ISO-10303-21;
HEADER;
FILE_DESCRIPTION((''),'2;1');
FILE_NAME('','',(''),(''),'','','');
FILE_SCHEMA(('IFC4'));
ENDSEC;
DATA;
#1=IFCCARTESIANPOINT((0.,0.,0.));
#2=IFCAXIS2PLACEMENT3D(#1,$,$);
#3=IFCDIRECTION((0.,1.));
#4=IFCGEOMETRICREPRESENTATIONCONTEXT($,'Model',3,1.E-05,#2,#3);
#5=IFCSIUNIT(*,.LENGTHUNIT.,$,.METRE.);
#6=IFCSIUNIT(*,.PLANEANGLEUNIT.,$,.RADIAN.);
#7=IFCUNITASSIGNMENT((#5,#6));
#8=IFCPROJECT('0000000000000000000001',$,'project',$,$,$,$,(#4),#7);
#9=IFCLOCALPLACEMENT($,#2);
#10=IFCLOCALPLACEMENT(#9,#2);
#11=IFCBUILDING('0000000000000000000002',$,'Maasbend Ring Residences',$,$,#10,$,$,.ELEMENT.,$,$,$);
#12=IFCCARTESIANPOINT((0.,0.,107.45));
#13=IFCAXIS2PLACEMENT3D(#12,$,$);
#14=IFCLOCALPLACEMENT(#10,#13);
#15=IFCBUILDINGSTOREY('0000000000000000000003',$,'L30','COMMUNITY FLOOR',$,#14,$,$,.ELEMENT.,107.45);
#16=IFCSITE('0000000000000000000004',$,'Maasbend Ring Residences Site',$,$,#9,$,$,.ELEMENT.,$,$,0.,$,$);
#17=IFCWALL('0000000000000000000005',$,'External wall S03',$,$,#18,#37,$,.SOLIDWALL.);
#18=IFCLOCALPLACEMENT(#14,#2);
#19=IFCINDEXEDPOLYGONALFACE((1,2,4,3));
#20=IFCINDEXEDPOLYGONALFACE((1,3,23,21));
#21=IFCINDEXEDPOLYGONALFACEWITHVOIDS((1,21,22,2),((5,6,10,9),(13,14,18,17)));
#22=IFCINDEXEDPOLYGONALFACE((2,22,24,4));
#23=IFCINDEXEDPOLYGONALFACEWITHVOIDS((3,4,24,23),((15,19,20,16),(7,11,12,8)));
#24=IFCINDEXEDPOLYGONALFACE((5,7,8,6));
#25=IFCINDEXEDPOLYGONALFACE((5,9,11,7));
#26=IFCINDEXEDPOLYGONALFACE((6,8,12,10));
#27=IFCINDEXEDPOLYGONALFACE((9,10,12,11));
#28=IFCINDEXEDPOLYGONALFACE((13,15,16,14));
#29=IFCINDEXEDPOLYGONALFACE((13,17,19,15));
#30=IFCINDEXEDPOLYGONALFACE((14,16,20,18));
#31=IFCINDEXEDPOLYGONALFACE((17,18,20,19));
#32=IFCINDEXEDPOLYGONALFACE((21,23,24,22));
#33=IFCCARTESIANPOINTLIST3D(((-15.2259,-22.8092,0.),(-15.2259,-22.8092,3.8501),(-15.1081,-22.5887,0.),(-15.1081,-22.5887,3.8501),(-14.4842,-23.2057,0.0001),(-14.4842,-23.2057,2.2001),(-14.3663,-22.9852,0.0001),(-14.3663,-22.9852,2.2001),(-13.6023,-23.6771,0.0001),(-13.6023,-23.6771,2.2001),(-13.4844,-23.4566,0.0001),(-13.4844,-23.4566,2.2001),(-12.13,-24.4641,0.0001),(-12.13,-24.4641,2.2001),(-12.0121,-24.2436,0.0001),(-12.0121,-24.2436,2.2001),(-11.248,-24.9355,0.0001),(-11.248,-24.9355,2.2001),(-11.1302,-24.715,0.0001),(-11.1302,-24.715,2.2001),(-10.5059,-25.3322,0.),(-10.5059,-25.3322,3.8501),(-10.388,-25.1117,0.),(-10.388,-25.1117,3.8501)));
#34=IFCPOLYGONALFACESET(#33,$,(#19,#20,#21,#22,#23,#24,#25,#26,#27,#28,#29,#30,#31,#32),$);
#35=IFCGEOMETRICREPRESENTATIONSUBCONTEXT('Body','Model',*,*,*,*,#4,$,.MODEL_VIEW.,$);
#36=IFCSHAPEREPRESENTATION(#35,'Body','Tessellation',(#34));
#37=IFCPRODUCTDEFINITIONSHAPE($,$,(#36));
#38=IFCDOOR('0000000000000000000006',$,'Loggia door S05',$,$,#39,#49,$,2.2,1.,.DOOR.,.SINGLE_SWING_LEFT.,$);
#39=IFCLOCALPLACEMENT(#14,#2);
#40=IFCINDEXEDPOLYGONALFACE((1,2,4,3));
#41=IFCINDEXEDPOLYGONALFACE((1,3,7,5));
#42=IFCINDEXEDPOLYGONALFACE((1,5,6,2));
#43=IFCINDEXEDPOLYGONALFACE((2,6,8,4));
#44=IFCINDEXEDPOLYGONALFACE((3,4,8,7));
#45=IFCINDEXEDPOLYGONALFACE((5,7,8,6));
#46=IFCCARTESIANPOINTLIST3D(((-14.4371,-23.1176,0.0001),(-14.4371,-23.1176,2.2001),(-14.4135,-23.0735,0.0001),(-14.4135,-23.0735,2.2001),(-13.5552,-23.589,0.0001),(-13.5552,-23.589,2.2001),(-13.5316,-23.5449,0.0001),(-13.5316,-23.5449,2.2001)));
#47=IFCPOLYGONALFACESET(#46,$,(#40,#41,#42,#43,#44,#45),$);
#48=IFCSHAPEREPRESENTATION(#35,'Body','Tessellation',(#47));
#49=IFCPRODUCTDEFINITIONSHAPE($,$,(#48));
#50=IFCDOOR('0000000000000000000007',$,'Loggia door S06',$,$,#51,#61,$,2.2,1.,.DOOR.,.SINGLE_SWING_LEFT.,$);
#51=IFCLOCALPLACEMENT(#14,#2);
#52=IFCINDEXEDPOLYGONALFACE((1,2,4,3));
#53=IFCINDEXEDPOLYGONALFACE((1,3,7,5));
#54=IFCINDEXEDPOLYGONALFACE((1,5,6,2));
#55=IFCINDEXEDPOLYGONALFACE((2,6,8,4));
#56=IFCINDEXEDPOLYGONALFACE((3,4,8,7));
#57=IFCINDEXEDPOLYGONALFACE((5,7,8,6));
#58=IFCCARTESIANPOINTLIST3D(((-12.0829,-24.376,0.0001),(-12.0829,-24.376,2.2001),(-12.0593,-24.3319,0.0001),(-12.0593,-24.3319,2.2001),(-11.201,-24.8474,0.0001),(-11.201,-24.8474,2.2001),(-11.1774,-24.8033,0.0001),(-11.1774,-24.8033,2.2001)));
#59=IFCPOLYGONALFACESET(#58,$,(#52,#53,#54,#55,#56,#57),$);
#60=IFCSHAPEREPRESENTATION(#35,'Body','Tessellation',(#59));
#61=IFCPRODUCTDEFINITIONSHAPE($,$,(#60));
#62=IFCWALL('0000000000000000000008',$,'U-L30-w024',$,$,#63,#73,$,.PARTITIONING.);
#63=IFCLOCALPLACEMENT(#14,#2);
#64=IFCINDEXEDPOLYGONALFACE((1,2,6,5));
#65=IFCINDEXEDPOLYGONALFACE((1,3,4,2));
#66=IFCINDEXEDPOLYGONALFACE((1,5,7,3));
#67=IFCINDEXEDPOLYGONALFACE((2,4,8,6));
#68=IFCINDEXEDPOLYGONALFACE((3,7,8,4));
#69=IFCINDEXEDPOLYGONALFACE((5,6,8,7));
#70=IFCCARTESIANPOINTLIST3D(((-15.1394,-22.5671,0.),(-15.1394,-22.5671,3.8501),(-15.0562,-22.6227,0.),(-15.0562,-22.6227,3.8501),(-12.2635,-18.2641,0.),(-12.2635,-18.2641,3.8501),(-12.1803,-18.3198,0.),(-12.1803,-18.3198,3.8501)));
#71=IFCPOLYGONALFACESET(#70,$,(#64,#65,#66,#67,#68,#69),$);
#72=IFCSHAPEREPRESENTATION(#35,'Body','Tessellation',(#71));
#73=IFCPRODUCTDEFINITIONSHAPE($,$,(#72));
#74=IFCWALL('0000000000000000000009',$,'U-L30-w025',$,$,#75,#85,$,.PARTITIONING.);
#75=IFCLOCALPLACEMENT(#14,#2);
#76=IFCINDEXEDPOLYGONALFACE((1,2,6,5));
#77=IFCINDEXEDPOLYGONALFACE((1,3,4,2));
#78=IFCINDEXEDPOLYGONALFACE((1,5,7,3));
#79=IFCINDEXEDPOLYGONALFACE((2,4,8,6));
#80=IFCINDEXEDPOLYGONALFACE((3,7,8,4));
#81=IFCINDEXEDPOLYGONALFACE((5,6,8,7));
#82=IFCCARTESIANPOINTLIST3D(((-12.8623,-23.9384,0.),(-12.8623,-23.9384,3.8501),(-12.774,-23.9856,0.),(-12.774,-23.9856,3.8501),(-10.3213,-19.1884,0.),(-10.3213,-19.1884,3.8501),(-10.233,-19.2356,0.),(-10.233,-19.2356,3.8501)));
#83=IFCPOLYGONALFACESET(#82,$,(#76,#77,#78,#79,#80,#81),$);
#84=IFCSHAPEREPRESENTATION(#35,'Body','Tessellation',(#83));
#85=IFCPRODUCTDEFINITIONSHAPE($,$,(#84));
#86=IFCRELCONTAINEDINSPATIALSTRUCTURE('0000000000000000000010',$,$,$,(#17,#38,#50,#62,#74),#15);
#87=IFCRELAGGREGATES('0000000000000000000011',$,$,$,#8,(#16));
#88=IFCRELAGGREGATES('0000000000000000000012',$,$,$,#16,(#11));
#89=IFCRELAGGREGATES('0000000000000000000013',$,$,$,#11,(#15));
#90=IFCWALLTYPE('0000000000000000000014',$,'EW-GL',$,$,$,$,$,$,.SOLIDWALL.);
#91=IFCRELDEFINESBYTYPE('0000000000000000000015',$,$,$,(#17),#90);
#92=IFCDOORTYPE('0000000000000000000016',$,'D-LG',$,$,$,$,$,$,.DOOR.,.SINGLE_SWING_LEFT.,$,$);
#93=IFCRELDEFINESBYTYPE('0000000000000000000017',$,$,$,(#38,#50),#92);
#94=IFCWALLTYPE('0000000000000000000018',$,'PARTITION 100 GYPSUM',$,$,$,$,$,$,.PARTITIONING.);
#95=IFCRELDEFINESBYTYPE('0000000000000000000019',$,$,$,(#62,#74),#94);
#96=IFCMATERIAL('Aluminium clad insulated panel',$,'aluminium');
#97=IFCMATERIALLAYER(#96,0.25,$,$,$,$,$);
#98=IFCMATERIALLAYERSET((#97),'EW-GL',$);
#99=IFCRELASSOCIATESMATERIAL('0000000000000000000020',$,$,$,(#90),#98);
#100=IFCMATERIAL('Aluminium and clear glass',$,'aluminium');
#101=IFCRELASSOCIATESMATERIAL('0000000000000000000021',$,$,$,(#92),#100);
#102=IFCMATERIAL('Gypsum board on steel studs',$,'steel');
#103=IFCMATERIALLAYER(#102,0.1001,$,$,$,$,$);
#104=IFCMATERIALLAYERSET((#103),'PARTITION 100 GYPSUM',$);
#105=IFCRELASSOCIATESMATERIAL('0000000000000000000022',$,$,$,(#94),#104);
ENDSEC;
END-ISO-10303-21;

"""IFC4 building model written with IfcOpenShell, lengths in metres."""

from ifc_helpers import new_model, si_unit, direction, frame, frame_2d, origin, place, context, subcontext, project, spatial, rectangle, extrude, material, layer, layer_set, type_object, element, fill, save


model = new_model("IFC4")

# Units and contexts
model_context = context("Model", 3, precision=1e-05, world=origin(), true_north=direction((0.0, 1.0)))
body_context = subcontext(model_context, "Body", "Model", "MODEL_VIEW")
ifc_project = project(units=[si_unit("LENGTHUNIT", "METRE"), si_unit("PLANEANGLEUNIT", "RADIAN")], contexts=[model_context])

# Site, building, storey
site_placement = place(None, origin())
site = spatial("IfcSite", under=ifc_project, at=site_placement, Name="Maasbend Ring Residences Site", CompositionType="ELEMENT", RefElevation=0.0)
building_placement = place(site_placement, origin())
building = spatial("IfcBuilding", under=site, at=building_placement, Name="Maasbend Ring Residences", CompositionType="ELEMENT")
storey_placement = place(building_placement, frame((0.0, 0.0, 107.45)))
storey = spatial("IfcBuildingStorey", under=building, at=storey_placement, Name="L30", Description="COMMUNITY FLOOR", CompositionType="ELEMENT", Elevation=107.45)

# Wall, openings, doors
ifc_material_1 = material(Name="Aluminium clad insulated panel", Category="aluminium")
ifc_layer_1 = layer(ifc_material_1, 0.25)
ifc_layer_set_1 = layer_set([ifc_layer_1], Name="EW-GL")
wall_type_1 = type_object("IfcWallType", Name="EW-GL", PredefinedType="SOLIDWALL", material=ifc_layer_set_1)
wall_1_placement = place(storey_placement, frame((-15.167, -22.699, 0.0), z_axis=(0.0, 0.0, 1.0), x_axis=(0.881916, -0.471407, 0.0)))
wall_1 = element("IfcWall", 1, at=wall_1_placement, inside=storey, type_object=wall_type_1, Name="External wall S03", PredefinedType="SOLIDWALL", context=body_context, shape_type="SweptSolid", body=[
    extrude(rectangle(XDim=5.3521, YDim=0.25, at=frame_2d((2.676, 0.0))), origin(), (0.0, 0.0, 1.0), 3.8501),
])
opening_1_placement = place(wall_1_placement, frame((0.8411, 0.0, 0.0)))
opening_1 = element("IfcOpeningElement", 2, at=opening_1_placement, cuts=wall_1, PredefinedType="OPENING", context=body_context, shape_type="SweptSolid", body=[
    extrude(rectangle(XDim=1.0, YDim=2.2, at=frame_2d((0.5, 1.1001))), frame((0.0, 0.135, 0.0), z_axis=(0.0, -1.0, 0.0), x_axis=(1.0, 0.0, 0.0)), (0.0, 0.0, 1.0), 0.27),
])
opening_2_placement = place(wall_1_placement, frame((3.5105, 0.0, 0.0)))
opening_2 = element("IfcOpeningElement", 3, at=opening_2_placement, cuts=wall_1, PredefinedType="OPENING", context=body_context, shape_type="SweptSolid", body=[
    extrude(rectangle(XDim=1.0, YDim=2.2, at=frame_2d((0.5, 1.1001))), frame((0.0, 0.135, 0.0), z_axis=(0.0, -1.0, 0.0), x_axis=(1.0, 0.0, 0.0)), (0.0, 0.0, 1.0), 0.27),
])
ifc_material_2 = material(Name="Aluminium and clear glass", Category="aluminium")
door_type_1 = type_object("IfcDoorType", Name="D-LG", OperationType="SINGLE_SWING_LEFT", PredefinedType="DOOR", material=ifc_material_2)
door_1_placement = place(opening_1_placement, origin())
door_1 = element("IfcDoor", 4, at=door_1_placement, inside=storey, type_object=door_type_1, Name="Loggia door S05", OperationType="SINGLE_SWING_LEFT", OverallHeight=2.2, OverallWidth=1.0, PredefinedType="DOOR", context=body_context, shape_type="SweptSolid", body=[
    extrude(rectangle(XDim=1.0, YDim=2.2, at=frame_2d((0.5, 1.1001))), frame((0.0, 0.0249, 0.0), z_axis=(0.0, -1.0, 0.0), x_axis=(1.0, 0.0, 0.0)), (0.0, 0.0, 1.0), 0.05),
])
fill(opening_1, door_1)
door_2_placement = place(opening_2_placement, origin())
door_2 = element("IfcDoor", 5, at=door_2_placement, inside=storey, type_object=door_type_1, Name="Loggia door S06", OperationType="SINGLE_SWING_LEFT", OverallHeight=2.2, OverallWidth=1.0, PredefinedType="DOOR", context=body_context, shape_type="SweptSolid", body=[
    extrude(rectangle(XDim=1.0, YDim=2.2, at=frame_2d((0.5, 1.1001))), frame((0.0, 0.0249, 0.0), z_axis=(0.0, -1.0, 0.0), x_axis=(1.0, 0.0, 0.0)), (0.0, 0.0, 1.0), 0.05),
])
fill(opening_2, door_2)

# Walls
ifc_material_3 = material(Name="Gypsum board on steel studs", Category="steel")
ifc_layer_2 = layer(ifc_material_3, 0.1001)
ifc_layer_set_2 = layer_set([ifc_layer_2], Name="PARTITION 100 GYPSUM")
wall_type_2 = type_object("IfcWallType", Name="PARTITION 100 GYPSUM", PredefinedType="PARTITIONING", material=ifc_layer_set_2)
wall_2_placement = place(storey_placement, frame((-15.0979, -22.595, 0.0), z_axis=(0.0, 0.0, 1.0), x_axis=(0.55568, 0.831397, 0.0)))
element("IfcWall", 6, at=wall_2_placement, inside=storey, type_object=wall_type_2, Name="U-L30-w024", PredefinedType="PARTITIONING", context=body_context, shape_type="SweptSolid", body=[
    extrude(rectangle(XDim=5.1755, YDim=0.1001, at=frame_2d((2.5879, 0.0))), origin(), (0.0, 0.0, 1.0), 3.8501),
])
wall_3_placement = place(storey_placement, frame((-12.8181, -23.9619, 0.0), z_axis=(0.0, 0.0, 1.0), x_axis=(0.471698, 0.88176, 0.0)))
element("IfcWall", 7, at=wall_3_placement, inside=storey, type_object=wall_type_2, Name="U-L30-w025", PredefinedType="PARTITIONING", context=body_context, shape_type="SweptSolid", body=[
    extrude(rectangle(XDim=5.387, YDim=0.1001, at=frame_2d((2.6934, 0.0))), origin(), (0.0, 0.0, 1.0), 3.8501),
])

save(model, "model.ifc")
